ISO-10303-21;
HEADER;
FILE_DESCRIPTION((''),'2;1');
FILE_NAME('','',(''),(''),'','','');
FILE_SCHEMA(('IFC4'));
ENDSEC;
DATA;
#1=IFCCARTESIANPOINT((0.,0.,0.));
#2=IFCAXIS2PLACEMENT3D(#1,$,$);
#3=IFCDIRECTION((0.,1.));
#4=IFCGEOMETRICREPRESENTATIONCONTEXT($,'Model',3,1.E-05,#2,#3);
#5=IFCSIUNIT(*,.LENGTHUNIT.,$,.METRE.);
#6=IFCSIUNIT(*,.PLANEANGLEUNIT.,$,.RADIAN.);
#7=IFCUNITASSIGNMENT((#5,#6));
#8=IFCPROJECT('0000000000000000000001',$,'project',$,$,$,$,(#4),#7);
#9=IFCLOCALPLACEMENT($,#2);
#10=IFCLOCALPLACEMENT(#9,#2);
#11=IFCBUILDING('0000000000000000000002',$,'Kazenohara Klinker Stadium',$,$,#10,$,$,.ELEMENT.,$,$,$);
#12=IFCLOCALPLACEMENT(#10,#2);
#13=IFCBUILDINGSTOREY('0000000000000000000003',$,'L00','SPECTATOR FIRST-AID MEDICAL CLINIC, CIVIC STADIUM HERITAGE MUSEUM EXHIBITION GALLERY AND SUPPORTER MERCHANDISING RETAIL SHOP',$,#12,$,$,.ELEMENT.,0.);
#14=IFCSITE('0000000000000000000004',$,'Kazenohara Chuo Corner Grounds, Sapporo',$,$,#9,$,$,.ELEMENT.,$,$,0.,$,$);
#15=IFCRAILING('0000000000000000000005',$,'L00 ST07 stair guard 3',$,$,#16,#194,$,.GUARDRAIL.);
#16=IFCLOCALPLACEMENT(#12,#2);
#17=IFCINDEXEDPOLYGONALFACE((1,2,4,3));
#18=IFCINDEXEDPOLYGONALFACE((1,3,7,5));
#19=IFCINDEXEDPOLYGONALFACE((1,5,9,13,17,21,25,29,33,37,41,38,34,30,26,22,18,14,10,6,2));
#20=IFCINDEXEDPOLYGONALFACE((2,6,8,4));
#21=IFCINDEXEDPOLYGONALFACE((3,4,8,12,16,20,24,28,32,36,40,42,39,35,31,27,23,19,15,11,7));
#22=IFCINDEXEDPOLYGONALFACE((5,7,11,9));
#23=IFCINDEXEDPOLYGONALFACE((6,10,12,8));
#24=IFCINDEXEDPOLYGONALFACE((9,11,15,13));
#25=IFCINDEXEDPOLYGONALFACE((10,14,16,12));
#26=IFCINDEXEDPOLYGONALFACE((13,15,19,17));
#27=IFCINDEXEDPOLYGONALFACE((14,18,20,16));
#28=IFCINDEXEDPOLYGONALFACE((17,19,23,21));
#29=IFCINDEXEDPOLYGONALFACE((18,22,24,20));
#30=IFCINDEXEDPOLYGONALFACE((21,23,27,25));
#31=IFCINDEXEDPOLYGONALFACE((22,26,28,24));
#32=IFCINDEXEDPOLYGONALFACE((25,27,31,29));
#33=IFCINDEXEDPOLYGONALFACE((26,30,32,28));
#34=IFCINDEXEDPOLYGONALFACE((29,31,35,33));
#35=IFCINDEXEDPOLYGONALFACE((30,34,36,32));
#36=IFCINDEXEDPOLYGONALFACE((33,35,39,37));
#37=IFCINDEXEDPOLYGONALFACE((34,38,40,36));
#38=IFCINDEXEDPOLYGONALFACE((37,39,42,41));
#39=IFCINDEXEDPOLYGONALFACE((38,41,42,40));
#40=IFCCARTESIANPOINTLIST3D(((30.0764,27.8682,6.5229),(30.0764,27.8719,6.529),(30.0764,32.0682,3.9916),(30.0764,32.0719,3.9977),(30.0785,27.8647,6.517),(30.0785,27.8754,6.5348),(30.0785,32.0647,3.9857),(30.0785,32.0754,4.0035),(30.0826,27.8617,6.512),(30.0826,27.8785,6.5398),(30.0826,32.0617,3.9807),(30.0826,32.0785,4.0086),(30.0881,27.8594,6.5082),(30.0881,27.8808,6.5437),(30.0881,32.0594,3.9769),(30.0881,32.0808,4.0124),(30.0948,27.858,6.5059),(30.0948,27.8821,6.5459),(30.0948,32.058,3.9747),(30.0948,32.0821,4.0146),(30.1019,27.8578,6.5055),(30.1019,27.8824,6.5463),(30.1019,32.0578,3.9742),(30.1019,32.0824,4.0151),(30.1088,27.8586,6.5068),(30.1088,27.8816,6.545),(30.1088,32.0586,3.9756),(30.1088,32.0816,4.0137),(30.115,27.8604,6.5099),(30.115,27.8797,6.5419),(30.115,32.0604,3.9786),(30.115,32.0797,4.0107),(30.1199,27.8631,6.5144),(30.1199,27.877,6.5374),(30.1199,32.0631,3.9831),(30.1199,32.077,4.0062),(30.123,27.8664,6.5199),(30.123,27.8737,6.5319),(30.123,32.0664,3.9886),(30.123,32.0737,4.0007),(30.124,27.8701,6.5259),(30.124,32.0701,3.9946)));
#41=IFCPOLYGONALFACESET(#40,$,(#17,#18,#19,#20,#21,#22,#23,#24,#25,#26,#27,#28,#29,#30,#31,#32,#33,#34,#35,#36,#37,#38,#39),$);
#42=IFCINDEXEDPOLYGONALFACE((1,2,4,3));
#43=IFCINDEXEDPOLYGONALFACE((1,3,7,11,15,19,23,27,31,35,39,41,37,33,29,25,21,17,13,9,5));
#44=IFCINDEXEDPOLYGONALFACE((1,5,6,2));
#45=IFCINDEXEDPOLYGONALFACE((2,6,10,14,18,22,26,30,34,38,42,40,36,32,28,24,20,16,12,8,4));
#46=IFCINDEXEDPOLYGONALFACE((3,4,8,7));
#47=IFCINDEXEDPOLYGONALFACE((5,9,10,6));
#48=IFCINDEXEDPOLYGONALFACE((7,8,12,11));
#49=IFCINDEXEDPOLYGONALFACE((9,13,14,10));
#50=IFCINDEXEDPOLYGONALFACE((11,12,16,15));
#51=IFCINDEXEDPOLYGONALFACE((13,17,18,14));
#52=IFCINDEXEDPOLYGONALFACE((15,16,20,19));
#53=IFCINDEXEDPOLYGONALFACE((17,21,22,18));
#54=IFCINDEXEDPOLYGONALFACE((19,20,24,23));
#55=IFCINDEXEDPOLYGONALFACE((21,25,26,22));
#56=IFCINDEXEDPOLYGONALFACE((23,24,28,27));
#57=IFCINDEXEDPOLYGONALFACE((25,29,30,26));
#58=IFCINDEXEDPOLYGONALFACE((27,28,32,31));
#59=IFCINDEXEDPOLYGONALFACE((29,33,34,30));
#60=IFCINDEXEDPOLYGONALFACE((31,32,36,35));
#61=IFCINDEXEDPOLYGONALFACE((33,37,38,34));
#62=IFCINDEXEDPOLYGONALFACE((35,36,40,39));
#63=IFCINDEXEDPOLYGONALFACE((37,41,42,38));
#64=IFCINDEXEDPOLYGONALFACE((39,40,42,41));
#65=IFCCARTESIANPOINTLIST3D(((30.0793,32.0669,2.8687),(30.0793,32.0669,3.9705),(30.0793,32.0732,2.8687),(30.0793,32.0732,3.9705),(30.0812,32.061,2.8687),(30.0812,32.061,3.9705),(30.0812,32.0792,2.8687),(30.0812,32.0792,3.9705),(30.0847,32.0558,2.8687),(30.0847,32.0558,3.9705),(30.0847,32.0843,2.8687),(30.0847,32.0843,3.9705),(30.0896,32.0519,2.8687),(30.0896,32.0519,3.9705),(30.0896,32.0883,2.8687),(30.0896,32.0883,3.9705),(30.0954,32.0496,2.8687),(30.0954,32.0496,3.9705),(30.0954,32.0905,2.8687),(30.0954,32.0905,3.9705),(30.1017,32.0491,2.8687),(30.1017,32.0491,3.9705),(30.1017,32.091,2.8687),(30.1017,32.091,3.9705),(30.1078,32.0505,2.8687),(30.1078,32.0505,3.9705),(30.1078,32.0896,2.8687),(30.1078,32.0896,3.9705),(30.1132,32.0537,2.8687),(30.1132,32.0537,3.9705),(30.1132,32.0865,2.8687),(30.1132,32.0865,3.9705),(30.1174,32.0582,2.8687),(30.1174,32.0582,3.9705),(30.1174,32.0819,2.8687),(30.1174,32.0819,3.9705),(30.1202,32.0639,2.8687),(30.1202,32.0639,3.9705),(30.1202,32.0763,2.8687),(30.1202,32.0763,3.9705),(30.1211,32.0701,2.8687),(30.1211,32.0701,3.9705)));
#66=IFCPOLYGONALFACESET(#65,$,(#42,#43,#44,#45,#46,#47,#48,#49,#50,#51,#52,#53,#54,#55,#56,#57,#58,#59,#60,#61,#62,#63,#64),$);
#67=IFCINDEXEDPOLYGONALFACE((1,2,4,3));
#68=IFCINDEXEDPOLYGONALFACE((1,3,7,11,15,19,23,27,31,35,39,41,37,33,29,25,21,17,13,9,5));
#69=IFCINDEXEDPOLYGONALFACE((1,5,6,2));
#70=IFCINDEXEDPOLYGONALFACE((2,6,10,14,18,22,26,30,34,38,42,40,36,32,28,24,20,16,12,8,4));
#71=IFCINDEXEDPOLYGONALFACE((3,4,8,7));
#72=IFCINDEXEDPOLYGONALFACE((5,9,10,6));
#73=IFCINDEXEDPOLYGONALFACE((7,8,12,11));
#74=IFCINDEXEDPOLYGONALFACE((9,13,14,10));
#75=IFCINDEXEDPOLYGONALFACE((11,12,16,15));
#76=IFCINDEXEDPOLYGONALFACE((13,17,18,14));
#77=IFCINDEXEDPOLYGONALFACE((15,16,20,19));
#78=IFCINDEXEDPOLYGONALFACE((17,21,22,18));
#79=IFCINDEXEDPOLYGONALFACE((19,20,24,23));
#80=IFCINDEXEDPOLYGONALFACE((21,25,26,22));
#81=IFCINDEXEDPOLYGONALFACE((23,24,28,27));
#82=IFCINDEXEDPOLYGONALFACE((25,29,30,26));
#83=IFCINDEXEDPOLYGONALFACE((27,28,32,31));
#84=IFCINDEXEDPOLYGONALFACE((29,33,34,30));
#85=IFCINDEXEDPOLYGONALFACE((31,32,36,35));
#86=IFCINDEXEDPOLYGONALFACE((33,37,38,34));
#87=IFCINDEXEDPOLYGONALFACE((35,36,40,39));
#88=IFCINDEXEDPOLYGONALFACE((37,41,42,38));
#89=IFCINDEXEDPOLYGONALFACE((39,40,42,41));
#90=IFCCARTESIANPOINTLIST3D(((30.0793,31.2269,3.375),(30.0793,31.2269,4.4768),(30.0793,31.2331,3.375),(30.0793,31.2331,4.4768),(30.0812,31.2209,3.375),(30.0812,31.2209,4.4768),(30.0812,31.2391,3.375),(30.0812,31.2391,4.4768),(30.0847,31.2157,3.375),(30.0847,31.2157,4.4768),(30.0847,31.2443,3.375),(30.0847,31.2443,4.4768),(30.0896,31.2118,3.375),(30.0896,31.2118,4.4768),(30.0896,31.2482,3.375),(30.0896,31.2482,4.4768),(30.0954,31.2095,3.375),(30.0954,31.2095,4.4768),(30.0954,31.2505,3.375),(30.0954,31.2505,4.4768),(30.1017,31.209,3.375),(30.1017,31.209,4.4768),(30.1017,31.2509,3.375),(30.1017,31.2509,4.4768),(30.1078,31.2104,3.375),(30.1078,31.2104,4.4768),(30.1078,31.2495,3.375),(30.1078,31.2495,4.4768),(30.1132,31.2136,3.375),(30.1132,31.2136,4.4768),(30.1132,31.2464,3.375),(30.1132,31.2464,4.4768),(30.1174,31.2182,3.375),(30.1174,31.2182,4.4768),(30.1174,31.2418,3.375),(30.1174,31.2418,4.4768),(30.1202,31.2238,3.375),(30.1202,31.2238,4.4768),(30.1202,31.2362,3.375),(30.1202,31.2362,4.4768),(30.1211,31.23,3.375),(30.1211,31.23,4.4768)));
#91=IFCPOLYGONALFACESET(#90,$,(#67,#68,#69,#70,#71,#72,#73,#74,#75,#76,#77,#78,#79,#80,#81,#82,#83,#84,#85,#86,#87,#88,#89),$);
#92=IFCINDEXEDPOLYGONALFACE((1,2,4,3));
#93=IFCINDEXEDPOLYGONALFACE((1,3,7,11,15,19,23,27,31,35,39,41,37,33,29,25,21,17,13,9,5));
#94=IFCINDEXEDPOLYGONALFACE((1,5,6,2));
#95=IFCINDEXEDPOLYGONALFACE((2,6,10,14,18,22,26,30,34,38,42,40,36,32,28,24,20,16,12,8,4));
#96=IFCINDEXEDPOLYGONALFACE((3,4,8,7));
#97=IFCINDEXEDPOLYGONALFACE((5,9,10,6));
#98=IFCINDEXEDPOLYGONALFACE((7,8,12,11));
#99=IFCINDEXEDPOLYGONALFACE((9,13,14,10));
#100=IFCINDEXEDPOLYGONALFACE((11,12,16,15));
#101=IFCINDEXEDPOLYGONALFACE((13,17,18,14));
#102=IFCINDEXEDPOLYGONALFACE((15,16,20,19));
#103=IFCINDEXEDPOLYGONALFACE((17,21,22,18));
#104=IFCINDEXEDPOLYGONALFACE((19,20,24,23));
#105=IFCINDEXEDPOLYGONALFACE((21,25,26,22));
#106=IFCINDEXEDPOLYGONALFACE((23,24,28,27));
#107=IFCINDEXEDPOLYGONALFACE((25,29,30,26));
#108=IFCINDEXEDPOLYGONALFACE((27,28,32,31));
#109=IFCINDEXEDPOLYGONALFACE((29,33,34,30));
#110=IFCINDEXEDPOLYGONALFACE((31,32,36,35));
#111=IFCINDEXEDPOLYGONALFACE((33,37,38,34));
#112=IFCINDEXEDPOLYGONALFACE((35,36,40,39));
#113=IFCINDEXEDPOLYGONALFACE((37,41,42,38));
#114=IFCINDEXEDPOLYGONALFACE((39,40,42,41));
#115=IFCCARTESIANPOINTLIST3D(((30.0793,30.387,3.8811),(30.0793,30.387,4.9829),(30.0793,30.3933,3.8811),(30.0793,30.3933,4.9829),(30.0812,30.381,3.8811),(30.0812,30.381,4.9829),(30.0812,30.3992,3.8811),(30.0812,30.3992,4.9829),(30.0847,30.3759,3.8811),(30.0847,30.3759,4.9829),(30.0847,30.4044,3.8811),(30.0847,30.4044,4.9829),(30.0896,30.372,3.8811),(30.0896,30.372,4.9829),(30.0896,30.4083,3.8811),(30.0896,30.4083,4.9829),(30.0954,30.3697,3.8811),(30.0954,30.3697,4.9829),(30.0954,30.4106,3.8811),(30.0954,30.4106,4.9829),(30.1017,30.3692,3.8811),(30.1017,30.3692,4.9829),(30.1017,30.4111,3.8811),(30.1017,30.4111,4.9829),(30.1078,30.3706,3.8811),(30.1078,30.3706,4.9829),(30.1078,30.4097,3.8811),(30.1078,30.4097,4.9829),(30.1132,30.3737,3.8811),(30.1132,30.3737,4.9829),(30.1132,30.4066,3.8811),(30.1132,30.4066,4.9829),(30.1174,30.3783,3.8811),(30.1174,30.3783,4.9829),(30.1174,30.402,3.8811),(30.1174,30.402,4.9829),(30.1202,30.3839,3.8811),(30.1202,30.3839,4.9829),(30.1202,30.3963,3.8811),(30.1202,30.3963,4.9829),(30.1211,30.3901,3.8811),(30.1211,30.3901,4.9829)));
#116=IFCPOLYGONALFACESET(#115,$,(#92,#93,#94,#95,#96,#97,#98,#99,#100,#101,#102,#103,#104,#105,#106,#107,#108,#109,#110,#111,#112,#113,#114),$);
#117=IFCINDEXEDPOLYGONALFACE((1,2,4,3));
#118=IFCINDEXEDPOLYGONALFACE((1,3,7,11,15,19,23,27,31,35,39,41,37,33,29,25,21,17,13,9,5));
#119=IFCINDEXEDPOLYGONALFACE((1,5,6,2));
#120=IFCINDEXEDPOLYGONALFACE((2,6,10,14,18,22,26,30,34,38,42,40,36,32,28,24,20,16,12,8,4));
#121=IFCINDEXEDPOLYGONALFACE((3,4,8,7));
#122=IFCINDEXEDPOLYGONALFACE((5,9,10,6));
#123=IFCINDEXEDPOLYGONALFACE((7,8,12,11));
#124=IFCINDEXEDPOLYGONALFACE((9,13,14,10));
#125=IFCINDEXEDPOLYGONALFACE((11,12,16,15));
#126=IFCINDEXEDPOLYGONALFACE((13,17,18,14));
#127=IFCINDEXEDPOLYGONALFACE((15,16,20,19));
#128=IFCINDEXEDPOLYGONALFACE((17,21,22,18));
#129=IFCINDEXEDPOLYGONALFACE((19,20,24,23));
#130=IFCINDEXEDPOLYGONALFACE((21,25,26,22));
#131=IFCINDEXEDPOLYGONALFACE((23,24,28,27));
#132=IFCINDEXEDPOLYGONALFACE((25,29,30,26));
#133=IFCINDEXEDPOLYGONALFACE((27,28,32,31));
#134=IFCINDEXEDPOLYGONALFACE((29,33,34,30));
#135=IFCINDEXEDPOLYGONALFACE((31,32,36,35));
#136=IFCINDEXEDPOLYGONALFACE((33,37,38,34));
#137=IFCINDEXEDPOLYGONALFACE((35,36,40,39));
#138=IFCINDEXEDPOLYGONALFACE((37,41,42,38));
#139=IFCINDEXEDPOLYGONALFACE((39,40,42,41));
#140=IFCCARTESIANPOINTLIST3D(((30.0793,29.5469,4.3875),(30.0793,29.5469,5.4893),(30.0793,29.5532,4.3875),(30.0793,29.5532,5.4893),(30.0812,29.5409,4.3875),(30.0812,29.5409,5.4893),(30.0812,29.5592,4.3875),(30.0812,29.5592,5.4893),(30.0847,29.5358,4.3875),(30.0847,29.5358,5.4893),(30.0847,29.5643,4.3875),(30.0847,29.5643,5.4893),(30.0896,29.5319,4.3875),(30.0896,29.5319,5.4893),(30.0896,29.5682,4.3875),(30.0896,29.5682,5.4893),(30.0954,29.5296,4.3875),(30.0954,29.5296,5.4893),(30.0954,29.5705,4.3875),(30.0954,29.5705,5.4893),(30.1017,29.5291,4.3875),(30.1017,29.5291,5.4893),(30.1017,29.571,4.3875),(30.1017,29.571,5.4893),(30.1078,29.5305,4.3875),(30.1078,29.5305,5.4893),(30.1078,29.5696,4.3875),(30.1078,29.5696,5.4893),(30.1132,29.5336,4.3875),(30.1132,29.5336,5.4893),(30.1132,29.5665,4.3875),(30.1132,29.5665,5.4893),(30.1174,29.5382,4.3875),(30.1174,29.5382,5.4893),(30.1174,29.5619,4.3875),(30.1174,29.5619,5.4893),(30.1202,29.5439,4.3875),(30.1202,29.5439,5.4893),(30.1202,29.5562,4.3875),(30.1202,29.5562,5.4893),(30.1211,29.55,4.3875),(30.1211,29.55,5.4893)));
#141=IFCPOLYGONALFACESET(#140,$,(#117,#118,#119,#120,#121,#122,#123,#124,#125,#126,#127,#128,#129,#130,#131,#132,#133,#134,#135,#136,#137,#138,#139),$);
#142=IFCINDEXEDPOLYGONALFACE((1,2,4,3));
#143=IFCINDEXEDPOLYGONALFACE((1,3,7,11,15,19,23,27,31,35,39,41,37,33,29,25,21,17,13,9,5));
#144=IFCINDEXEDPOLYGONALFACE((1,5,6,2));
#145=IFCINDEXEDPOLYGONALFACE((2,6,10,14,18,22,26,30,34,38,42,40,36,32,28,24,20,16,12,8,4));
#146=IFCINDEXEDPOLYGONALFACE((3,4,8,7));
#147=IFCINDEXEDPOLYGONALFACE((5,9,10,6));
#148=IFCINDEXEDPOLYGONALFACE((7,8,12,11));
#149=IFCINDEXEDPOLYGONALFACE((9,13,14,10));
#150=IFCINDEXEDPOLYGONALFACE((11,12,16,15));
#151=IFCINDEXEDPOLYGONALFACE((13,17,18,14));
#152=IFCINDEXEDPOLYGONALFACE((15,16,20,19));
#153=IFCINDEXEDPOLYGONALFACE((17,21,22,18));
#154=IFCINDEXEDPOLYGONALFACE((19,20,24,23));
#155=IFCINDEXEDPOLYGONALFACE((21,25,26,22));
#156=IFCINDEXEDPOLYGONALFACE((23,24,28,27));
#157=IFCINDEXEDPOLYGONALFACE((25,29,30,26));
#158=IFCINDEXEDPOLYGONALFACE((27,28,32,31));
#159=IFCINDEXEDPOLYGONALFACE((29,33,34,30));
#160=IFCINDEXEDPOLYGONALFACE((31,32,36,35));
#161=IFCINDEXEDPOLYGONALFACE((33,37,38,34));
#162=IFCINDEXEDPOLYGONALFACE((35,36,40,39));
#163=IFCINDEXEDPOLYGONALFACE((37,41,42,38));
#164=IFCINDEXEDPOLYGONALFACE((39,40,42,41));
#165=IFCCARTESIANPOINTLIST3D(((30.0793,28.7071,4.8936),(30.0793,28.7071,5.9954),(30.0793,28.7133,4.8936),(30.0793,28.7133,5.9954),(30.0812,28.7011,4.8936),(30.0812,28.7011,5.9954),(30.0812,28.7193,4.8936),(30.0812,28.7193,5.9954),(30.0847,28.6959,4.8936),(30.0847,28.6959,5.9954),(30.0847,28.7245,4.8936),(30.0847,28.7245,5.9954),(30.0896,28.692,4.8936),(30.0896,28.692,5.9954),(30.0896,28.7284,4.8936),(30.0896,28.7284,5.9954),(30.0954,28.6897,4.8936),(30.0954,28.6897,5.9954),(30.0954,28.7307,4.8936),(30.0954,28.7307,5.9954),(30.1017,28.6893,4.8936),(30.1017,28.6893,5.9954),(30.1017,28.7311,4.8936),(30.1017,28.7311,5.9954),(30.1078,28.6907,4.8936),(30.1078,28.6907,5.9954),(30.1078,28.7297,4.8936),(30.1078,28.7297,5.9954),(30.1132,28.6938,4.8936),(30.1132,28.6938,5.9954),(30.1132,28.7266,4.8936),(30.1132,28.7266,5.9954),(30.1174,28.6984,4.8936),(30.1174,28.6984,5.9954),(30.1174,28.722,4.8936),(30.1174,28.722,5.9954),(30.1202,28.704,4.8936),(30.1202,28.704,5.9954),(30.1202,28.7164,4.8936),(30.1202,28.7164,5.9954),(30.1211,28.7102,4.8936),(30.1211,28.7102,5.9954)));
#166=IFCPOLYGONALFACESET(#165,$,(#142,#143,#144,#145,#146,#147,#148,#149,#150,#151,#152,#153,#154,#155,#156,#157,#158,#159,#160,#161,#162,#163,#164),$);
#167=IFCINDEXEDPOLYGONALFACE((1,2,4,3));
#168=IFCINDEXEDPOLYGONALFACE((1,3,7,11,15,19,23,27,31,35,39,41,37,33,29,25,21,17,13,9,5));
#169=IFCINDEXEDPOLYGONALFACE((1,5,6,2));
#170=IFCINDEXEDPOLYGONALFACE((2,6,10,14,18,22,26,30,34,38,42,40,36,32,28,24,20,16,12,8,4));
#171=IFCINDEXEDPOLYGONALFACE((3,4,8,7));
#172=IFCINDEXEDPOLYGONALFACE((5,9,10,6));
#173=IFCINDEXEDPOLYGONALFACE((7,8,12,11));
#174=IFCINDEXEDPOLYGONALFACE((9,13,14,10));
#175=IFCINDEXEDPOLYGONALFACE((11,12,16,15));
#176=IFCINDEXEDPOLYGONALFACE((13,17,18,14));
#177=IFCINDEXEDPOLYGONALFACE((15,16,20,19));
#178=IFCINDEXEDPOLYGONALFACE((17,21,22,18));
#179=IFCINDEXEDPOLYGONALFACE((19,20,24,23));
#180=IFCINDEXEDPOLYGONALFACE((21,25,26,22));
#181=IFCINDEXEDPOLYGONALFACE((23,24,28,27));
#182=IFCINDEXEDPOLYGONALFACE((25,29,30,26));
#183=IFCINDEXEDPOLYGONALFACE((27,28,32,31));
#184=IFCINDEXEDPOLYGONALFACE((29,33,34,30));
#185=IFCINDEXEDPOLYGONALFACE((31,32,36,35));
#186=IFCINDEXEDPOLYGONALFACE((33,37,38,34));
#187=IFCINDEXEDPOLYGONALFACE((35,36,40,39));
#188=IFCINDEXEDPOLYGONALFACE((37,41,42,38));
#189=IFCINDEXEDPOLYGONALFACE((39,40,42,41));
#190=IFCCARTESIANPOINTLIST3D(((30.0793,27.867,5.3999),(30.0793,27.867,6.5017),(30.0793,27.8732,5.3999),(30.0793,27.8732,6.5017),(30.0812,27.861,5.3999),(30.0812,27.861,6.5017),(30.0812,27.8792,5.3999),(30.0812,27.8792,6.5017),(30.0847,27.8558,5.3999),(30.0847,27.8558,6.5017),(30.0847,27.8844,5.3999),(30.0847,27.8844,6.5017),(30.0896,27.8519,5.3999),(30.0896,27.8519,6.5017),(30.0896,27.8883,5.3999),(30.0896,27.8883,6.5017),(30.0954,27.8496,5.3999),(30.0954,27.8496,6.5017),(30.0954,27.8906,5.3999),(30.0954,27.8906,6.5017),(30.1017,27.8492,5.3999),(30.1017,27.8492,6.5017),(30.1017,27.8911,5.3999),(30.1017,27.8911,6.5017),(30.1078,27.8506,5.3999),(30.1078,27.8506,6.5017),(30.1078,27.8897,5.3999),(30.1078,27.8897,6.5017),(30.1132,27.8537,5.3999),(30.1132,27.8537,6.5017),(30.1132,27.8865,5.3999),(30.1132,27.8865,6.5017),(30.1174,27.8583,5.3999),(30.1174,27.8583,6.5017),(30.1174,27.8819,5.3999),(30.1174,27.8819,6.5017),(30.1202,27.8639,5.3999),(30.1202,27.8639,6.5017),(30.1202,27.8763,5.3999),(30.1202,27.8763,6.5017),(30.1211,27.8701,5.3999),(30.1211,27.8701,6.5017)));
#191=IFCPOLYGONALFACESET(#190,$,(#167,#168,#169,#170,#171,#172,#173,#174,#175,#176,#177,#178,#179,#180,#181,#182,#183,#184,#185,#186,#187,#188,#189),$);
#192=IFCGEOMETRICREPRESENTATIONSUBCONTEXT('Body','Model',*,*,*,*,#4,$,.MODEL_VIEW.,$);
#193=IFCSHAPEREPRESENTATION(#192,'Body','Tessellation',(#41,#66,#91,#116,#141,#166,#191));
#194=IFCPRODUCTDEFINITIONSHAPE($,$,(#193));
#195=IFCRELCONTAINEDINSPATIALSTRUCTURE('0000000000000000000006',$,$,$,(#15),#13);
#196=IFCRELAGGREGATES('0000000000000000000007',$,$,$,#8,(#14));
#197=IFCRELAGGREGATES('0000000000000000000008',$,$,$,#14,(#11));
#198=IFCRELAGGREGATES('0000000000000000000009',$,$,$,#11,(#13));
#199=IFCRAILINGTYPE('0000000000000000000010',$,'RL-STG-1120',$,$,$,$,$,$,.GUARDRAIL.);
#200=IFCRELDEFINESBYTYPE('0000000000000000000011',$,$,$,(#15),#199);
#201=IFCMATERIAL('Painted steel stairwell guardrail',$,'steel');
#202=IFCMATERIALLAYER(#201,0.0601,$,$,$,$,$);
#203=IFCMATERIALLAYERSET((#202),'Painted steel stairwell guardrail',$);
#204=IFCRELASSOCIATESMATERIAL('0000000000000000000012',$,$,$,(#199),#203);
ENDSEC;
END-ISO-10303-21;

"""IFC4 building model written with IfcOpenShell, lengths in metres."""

from ifc_helpers import new_model, si_unit, direction, frame, origin, origin_2d, place, context, subcontext, project, spatial, circle, extrude, material, layer, layer_set, type_object, element, save


model = new_model("IFC4")

# Units and contexts
model_context = context("Model", 3, precision=1e-05, world=origin(), true_north=direction((0.0, 1.0)))
body_context = subcontext(model_context, "Body", "Model", "MODEL_VIEW")
ifc_project = project(units=[si_unit("LENGTHUNIT", "METRE"), si_unit("PLANEANGLEUNIT", "RADIAN")], contexts=[model_context])

# Site, building, storey
site_placement = place(None, origin())
site = spatial("IfcSite", under=ifc_project, at=site_placement, Name="Kazenohara Chuo Corner Grounds, Sapporo", CompositionType="ELEMENT", RefElevation=0.0)
building_placement = place(site_placement, origin())
building = spatial("IfcBuilding", under=site, at=building_placement, Name="Kazenohara Klinker Stadium", CompositionType="ELEMENT")
storey_placement = place(building_placement, origin())
storey = spatial("IfcBuildingStorey", under=building, at=storey_placement, Name="L00", Description="SPECTATOR FIRST-AID MEDICAL CLINIC, CIVIC STADIUM HERITAGE MUSEUM EXHIBITION GALLERY AND SUPPORTER MERCHANDISING RETAIL SHOP", CompositionType="ELEMENT", Elevation=0.0)

# Railing
ifc_material_1 = material(Name="Painted steel stairwell guardrail", Category="steel")
ifc_layer_1 = layer(ifc_material_1, 0.0601)
ifc_layer_set_1 = layer_set([ifc_layer_1], Name="Painted steel stairwell guardrail")
railing_type_1 = type_object("IfcRailingType", Name="RL-STG-1120", PredefinedType="GUARDRAIL", material=ifc_layer_set_1)
railing_1_placement = place(storey_placement, frame((30.1001, 32.0701, 2.8687)))
element("IfcRailing", 1, at=railing_1_placement, inside=storey, type_object=railing_type_1, Name="L00 ST07 stair guard 3", PredefinedType="GUARDRAIL", context=body_context, shape_type="SweptSolid", body=[
    extrude(circle(Radius=0.0239, at=origin_2d()), frame((0.0, 0.0, 1.126), z_axis=(0.0, -0.856476, 0.516186), x_axis=(1.0, 0.0, 0.0)), (0.0, 0.0, 1.0), 4.9038),
    extrude(circle(Radius=0.021, at=origin_2d()), origin(), (0.0, 0.0, 1.0), 1.1018),
    extrude(circle(Radius=0.021, at=origin_2d()), frame((0.0, -0.8401, 0.5063)), (0.0, 0.0, 1.0), 1.1018),
    extrude(circle(Radius=0.021, at=origin_2d()), frame((0.0, -1.6799, 1.0125)), (0.0, 0.0, 1.0), 1.1018),
    extrude(circle(Radius=0.021, at=origin_2d()), frame((0.0, -2.52, 1.5188)), (0.0, 0.0, 1.0), 1.1018),
    extrude(circle(Radius=0.021, at=origin_2d()), frame((0.0, -3.3599, 2.0249)), (0.0, 0.0, 1.0), 1.1018),
    extrude(circle(Radius=0.021, at=origin_2d()), frame((0.0, -4.2, 2.5312)), (0.0, 0.0, 1.0), 1.1018),
])

save(model, "model.ifc")
